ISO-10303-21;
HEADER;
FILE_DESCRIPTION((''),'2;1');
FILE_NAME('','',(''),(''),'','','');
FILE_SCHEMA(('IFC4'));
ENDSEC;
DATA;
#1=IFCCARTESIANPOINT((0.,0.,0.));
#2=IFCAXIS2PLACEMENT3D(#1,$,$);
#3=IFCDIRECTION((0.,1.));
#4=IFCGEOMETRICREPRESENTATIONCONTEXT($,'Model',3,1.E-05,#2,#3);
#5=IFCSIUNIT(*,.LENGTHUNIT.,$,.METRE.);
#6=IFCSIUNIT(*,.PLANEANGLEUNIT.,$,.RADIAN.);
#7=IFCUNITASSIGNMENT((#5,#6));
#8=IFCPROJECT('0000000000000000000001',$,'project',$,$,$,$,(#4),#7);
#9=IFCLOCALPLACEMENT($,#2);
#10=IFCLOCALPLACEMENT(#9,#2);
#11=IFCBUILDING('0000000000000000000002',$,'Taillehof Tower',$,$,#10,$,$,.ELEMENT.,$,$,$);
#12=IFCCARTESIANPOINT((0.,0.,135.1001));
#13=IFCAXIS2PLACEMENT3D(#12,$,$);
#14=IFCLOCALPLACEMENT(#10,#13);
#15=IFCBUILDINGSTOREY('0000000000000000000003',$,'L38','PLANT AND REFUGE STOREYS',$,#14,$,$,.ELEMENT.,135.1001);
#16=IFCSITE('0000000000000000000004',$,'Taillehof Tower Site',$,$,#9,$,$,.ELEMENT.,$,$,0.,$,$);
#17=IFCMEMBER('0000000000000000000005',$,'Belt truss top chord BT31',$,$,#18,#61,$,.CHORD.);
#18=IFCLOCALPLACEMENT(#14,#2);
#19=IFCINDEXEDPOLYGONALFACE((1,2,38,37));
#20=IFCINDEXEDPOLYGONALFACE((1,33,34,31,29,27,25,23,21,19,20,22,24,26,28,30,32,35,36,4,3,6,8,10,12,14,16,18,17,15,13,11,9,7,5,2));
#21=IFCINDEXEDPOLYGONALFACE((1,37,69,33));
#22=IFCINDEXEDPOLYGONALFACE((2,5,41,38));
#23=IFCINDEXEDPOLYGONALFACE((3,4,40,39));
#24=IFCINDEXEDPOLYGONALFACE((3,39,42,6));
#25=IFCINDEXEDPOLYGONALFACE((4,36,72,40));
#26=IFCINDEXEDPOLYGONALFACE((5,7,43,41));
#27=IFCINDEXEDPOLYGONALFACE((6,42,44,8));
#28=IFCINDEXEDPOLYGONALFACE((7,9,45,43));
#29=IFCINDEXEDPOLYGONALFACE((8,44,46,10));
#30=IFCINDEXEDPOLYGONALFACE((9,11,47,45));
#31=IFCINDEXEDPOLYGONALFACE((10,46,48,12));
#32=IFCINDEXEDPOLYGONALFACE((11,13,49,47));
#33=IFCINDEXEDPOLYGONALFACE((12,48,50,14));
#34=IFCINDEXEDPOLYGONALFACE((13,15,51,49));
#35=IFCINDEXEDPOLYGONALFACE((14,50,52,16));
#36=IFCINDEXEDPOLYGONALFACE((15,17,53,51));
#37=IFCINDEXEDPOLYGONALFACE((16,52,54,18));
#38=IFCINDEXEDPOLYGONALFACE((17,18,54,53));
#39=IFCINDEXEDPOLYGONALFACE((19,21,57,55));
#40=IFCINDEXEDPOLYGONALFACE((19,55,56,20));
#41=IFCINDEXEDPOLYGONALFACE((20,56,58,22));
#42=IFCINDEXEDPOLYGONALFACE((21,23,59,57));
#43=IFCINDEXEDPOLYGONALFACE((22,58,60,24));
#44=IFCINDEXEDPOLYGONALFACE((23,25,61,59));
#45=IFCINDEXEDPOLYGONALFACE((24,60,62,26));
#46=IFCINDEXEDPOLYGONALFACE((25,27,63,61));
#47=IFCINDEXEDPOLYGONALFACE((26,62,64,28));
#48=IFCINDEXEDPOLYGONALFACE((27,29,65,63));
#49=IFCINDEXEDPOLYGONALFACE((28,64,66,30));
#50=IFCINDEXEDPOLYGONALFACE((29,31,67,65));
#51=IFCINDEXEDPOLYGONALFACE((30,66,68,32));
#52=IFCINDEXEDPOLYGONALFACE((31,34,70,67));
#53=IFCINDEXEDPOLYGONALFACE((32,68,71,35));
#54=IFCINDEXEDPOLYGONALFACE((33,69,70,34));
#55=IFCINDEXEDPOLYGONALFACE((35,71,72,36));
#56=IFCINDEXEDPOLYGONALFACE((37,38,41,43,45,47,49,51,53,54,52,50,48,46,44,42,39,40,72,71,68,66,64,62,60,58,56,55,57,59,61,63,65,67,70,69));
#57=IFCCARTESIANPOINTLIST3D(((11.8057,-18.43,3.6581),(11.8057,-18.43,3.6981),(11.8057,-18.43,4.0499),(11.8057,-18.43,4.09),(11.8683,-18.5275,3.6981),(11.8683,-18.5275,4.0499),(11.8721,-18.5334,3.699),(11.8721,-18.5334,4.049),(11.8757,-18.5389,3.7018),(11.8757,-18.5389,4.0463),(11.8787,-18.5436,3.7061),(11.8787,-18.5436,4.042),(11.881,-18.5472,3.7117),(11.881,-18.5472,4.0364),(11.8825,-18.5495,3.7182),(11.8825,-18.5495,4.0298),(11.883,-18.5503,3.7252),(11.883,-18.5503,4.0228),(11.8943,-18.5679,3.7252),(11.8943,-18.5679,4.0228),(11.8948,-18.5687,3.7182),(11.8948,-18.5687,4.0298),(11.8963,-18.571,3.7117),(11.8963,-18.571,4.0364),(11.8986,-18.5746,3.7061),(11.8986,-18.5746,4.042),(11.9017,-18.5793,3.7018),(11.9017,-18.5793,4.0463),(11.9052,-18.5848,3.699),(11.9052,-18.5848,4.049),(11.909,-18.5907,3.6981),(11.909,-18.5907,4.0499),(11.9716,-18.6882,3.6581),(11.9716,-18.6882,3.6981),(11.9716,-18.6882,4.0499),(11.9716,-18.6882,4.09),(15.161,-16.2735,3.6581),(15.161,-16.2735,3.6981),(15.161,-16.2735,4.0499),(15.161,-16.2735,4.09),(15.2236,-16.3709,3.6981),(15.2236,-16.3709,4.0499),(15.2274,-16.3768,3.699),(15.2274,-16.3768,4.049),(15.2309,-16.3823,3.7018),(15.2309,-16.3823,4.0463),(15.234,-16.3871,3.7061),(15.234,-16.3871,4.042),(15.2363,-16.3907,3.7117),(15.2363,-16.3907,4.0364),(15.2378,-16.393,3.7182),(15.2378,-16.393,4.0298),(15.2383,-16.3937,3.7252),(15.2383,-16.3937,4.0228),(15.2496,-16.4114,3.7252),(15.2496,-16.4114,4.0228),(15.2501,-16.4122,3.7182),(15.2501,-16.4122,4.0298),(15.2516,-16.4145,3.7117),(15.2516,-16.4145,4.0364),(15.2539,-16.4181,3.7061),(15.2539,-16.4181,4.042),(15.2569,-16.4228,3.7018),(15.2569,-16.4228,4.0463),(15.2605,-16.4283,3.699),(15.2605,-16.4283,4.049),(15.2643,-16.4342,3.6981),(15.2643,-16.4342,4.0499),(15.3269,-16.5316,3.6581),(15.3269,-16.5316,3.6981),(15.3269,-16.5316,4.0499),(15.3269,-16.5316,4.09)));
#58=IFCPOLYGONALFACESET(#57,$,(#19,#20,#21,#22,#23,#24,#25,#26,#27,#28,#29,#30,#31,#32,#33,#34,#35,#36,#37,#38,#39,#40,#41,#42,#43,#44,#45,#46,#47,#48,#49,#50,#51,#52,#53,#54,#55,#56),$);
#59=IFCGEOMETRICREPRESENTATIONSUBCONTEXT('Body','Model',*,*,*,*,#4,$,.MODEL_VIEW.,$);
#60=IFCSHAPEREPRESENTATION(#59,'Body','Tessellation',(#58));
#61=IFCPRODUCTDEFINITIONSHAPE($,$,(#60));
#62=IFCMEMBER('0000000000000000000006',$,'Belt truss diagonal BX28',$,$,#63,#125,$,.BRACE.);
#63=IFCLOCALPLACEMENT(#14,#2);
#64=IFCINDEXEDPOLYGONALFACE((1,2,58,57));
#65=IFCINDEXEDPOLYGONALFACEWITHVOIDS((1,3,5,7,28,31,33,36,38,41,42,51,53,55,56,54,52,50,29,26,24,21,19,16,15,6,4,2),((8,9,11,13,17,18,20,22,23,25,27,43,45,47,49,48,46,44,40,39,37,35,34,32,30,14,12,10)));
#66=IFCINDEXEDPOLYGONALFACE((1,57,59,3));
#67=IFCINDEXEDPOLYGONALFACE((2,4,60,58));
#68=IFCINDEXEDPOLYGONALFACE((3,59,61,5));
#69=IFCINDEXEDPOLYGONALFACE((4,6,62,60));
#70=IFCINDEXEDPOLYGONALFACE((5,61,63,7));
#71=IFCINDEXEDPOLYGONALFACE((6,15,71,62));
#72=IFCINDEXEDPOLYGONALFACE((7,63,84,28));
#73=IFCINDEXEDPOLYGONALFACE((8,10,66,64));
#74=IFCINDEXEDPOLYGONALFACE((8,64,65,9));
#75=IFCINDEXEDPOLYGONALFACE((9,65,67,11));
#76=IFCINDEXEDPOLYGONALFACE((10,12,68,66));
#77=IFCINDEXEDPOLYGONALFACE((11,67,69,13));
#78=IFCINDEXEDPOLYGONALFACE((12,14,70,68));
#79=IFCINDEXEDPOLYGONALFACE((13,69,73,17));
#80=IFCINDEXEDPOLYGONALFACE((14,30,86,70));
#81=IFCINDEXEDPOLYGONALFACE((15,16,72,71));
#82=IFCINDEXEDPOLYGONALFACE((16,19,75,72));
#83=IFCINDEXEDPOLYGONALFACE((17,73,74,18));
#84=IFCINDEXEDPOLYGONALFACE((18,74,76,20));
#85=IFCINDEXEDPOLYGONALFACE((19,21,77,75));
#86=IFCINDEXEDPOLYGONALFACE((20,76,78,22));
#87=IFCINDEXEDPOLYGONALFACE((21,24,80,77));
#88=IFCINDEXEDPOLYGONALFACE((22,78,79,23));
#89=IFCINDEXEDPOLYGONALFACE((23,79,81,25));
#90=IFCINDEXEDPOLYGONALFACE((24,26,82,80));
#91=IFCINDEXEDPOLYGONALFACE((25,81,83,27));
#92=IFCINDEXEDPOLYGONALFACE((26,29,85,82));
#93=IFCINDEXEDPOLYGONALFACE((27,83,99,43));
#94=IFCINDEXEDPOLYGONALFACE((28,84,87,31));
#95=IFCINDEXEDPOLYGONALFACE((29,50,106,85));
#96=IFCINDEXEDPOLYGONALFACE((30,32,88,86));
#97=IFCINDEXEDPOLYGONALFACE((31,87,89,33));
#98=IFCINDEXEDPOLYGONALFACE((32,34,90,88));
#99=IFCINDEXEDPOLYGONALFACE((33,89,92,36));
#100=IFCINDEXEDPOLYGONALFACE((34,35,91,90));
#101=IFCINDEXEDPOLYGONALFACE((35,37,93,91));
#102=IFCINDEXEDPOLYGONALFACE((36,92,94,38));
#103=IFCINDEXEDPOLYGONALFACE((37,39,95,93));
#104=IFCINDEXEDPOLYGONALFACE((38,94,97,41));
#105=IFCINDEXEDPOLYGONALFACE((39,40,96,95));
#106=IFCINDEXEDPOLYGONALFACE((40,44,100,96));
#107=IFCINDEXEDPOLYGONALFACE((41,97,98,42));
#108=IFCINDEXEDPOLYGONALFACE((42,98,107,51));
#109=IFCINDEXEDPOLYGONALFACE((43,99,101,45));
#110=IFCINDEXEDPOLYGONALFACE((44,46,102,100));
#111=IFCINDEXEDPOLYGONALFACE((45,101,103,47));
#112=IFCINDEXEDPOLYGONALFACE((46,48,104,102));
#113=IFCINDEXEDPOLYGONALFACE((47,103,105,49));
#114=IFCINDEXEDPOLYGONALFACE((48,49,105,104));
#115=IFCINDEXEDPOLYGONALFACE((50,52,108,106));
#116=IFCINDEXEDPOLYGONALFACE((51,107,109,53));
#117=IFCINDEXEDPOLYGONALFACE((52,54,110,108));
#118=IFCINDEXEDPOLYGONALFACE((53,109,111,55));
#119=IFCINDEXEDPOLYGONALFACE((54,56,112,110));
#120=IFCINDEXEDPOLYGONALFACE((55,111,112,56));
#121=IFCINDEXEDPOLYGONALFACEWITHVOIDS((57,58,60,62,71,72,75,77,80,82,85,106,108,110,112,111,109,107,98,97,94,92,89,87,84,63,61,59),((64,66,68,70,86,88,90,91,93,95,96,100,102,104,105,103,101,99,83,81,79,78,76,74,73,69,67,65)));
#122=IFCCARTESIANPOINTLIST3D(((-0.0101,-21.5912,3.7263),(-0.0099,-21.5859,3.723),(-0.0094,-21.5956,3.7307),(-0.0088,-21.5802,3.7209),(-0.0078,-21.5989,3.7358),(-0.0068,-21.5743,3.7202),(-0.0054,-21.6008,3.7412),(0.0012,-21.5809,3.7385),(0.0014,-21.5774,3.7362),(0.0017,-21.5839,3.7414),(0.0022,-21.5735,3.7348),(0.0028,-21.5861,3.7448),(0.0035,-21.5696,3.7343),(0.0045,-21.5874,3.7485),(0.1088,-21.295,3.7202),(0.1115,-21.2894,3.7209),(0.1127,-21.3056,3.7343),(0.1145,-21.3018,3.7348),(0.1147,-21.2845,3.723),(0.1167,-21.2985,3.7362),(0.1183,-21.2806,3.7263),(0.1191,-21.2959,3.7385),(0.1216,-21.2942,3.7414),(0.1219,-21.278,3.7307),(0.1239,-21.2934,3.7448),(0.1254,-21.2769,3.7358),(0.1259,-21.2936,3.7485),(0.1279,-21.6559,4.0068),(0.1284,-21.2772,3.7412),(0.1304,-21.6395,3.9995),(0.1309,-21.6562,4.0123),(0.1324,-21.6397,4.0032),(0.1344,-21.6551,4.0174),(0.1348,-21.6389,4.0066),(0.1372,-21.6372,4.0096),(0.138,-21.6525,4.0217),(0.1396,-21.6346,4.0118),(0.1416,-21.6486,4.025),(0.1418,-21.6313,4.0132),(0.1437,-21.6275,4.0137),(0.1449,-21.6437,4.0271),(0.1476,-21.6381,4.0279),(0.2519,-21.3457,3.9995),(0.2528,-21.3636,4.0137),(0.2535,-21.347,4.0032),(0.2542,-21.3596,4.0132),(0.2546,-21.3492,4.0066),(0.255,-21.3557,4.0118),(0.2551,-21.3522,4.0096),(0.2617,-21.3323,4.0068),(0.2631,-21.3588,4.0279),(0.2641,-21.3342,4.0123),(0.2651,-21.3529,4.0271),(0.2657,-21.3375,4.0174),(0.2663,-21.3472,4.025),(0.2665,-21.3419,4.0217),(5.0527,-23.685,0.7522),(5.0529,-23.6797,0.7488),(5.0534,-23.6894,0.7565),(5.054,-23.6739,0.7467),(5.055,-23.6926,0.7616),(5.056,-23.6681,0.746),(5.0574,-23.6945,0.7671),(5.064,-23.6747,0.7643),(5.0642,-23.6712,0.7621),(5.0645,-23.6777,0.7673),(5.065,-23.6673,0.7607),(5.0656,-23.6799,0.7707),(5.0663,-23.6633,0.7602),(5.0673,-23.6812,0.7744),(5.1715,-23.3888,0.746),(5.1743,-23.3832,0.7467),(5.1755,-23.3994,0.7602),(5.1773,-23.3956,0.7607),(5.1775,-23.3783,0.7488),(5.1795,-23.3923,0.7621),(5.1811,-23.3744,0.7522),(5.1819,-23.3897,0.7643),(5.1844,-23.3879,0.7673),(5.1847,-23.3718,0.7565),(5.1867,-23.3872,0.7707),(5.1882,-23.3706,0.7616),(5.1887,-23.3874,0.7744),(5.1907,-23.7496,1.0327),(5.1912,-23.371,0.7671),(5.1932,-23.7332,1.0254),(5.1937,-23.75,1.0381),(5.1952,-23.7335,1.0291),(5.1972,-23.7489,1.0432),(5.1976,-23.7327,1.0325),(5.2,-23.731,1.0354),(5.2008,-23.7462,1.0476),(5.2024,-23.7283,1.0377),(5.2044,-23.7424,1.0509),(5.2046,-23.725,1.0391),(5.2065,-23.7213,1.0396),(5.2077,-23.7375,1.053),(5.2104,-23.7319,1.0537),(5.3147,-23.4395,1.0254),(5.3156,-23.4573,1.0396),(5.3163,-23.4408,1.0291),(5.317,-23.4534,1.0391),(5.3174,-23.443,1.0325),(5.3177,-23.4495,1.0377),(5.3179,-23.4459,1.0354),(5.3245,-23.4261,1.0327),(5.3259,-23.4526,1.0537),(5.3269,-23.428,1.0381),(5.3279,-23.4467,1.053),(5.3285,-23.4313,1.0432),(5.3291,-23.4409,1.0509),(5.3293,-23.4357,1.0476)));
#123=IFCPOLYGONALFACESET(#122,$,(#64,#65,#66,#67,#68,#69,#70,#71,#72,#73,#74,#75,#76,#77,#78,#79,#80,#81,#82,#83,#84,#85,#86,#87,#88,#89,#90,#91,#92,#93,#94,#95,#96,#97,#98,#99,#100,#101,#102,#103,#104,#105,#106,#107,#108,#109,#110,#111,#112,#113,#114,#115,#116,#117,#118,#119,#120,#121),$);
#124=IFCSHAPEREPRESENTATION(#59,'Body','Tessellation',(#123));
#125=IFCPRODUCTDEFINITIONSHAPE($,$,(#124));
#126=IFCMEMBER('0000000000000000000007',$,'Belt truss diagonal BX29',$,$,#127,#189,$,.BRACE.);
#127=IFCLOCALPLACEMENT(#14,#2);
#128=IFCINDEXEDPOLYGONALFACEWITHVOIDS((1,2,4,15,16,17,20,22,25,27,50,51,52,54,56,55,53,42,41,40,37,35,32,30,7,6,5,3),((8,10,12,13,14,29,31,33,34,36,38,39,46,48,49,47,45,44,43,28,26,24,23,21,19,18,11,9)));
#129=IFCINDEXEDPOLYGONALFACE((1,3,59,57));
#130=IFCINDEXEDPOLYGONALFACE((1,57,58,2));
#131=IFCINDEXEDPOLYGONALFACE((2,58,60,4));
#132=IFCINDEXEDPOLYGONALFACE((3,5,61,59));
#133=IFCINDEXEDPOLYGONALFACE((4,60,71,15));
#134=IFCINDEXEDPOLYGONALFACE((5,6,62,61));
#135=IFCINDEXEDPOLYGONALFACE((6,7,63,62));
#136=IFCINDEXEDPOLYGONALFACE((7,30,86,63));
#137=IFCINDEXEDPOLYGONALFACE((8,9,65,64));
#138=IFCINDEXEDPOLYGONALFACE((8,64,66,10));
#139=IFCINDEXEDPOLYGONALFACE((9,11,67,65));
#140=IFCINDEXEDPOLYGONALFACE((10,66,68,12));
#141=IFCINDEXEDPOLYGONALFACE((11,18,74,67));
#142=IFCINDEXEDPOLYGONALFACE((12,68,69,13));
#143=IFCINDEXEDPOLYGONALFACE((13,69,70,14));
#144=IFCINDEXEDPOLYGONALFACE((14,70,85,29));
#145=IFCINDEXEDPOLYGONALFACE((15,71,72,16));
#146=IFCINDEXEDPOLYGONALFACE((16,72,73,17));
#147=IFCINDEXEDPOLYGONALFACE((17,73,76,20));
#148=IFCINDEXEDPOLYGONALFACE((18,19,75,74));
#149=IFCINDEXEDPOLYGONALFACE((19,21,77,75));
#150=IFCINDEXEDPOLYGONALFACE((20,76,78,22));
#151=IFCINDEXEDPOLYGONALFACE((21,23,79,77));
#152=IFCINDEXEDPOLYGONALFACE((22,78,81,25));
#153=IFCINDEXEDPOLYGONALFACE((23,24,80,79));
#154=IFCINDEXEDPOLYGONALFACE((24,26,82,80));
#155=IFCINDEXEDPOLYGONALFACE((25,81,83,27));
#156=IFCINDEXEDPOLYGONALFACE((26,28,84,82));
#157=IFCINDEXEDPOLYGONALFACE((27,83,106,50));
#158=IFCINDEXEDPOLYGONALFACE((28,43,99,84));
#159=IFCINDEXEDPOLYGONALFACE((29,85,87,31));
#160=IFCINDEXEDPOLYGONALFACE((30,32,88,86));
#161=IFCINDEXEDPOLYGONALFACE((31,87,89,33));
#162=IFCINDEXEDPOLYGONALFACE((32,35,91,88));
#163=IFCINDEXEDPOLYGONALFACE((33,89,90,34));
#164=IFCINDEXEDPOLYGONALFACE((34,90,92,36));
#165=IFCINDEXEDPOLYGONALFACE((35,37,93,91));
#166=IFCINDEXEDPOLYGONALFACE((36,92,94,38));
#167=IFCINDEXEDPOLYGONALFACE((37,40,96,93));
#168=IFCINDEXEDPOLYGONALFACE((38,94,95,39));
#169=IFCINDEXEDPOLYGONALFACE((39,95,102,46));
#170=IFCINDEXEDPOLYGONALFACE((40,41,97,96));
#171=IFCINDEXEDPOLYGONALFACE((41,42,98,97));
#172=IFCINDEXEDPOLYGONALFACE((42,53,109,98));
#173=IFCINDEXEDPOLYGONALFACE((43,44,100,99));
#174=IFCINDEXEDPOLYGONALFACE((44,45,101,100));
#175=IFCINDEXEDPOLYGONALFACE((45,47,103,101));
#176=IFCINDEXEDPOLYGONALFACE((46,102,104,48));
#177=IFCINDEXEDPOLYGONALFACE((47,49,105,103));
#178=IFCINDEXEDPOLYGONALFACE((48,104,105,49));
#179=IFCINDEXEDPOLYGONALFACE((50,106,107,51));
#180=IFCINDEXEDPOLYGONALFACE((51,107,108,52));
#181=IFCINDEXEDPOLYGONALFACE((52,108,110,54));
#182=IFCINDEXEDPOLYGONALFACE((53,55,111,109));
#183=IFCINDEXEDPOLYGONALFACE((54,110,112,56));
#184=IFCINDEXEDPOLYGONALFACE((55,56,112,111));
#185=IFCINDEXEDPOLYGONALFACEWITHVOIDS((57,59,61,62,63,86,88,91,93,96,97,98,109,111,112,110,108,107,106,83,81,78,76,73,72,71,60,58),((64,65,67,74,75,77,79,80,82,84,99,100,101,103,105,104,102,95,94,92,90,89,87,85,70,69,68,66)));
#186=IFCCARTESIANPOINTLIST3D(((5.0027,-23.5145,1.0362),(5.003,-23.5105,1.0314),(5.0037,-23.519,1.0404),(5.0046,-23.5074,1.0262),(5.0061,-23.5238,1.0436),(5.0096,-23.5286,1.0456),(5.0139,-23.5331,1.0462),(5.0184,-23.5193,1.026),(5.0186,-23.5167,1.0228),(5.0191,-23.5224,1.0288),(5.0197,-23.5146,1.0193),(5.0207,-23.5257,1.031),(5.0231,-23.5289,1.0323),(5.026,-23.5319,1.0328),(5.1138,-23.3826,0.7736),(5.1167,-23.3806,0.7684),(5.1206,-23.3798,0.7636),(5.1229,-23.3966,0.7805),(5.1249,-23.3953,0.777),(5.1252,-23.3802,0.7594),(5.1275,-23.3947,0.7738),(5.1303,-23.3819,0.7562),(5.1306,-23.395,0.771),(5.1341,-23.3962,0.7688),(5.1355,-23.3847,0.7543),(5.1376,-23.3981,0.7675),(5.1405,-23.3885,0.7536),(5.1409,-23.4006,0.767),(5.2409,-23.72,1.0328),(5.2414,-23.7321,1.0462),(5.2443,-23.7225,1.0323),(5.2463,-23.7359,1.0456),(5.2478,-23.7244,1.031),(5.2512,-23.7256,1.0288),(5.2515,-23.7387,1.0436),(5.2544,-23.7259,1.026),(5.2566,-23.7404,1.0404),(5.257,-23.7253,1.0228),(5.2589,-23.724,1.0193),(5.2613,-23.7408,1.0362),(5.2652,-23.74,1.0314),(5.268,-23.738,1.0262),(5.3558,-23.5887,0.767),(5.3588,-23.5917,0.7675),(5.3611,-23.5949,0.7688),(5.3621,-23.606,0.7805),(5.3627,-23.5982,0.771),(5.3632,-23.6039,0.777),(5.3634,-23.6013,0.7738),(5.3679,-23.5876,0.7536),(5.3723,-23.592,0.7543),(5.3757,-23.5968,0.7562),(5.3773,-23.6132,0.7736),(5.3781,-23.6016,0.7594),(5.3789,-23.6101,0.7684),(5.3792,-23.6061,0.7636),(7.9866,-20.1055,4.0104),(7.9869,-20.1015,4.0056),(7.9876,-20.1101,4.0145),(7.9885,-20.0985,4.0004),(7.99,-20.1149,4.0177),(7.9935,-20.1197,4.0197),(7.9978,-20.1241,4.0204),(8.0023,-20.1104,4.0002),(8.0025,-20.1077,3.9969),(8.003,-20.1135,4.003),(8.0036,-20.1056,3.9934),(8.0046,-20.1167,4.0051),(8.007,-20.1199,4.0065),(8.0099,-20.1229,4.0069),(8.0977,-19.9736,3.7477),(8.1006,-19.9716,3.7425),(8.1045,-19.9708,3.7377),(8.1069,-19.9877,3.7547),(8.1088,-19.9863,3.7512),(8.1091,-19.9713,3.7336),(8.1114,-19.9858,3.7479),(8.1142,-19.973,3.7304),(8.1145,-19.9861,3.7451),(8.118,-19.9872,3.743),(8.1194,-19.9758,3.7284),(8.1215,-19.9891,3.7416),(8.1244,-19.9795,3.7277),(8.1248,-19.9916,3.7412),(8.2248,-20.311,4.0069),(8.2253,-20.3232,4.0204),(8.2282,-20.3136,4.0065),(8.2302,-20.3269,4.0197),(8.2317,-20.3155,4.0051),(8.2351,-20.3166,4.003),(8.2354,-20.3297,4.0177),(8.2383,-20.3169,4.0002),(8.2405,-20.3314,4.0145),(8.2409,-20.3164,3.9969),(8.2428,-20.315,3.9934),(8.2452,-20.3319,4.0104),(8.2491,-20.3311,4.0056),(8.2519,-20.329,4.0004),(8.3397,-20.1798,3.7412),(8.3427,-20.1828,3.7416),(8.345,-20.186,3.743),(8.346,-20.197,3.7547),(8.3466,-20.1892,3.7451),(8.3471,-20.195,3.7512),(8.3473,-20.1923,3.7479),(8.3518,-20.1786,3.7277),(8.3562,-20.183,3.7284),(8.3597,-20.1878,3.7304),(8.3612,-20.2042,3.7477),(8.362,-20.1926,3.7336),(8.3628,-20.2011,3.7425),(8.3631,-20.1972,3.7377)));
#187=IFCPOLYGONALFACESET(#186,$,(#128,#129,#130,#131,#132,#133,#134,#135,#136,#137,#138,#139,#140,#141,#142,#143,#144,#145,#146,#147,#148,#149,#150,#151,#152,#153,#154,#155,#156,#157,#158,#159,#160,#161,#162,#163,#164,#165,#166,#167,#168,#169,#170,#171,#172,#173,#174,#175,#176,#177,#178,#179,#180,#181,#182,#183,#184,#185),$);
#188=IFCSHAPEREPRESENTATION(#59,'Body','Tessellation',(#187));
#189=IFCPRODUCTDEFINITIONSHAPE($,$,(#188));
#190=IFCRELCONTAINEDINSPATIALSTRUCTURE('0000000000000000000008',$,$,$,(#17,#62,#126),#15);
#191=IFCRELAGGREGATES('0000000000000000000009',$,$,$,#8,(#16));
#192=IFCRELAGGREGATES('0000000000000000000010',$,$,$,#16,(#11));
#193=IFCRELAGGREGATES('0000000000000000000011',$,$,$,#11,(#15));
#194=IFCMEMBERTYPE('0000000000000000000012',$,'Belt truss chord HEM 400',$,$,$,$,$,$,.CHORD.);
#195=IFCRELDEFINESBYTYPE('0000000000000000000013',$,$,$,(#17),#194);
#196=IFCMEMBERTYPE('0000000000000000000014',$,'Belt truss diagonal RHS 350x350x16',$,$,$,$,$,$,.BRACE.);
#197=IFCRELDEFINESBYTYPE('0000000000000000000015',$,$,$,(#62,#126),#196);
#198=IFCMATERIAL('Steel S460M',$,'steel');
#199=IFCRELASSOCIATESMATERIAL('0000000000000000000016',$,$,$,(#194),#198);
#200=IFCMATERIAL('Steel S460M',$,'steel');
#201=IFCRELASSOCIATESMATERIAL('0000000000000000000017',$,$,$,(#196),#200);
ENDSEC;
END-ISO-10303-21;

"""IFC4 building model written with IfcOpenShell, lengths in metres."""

from ifc_helpers import new_model, si_unit, direction, frame, origin, origin_2d, place, context, subcontext, project, spatial, hollow_rectangle, i_section, extrude, material, material_profile, profile_set, type_object, element, save


model = new_model("IFC4")

# Units and contexts
model_context = context("Model", 3, precision=1e-05, world=origin(), true_north=direction((0.0, 1.0)))
body_context = subcontext(model_context, "Body", "Model", "MODEL_VIEW")
ifc_project = project(units=[si_unit("LENGTHUNIT", "METRE"), si_unit("PLANEANGLEUNIT", "RADIAN")], contexts=[model_context])

# Site, building, storey
site_placement = place(None, origin())
site = spatial("IfcSite", under=ifc_project, at=site_placement, Name="Taillehof Tower Site", CompositionType="ELEMENT", RefElevation=0.0)
building_placement = place(site_placement, origin())
building = spatial("IfcBuilding", under=site, at=building_placement, Name="Taillehof Tower", CompositionType="ELEMENT")
storey_placement = place(building_placement, frame((0.0, 0.0, 135.1001)))
storey = spatial("IfcBuildingStorey", under=building, at=storey_placement, Name="L38", Description="PLANT AND REFUGE STOREYS", CompositionType="ELEMENT", Elevation=135.1001)

# Members
ifc_material_1 = material(Name="Steel S460M", Category="steel")
ifc_material_profile_1 = material_profile(ifc_material_1, i_section(OverallWidth=0.3069, OverallDepth=0.4319, WebThickness=0.021, FlangeThickness=0.04, FilletRadius=0.0271, at=origin_2d()), Name="HEM 400")
ifc_profile_set_1 = profile_set([ifc_material_profile_1], Name="Steel S460M")
member_type_1 = type_object("IfcMemberType", Name="Belt truss chord HEM 400", PredefinedType="CHORD", material=ifc_profile_set_1)
member_1_placement = place(storey_placement, frame((11.8887, -18.5591, 3.874), z_axis=(0.841228, 0.54068, 0.0), x_axis=(-0.54068, 0.841228, 0.0)))
element("IfcMember", 1, at=member_1_placement, inside=storey, type_object=member_type_1, Name="Belt truss top chord BT31", PredefinedType="CHORD", context=body_context, shape_type="SweptSolid", body=[
    extrude(i_section(OverallWidth=0.3069, OverallDepth=0.4319, WebThickness=0.021, FlangeThickness=0.04, FilletRadius=0.0271, at=origin_2d()), origin(), (0.0, 0.0, 1.0), 3.9885),
])
ifc_material_2 = material(Name="Steel S460M", Category="steel")
ifc_material_profile_2 = material_profile(ifc_material_2, hollow_rectangle(XDim=0.3501, YDim=0.3501, WallThickness=0.0161, InnerFilletRadius=0.0161, OuterFilletRadius=0.0239, at=origin_2d()), Name="RHS 350x350x16")
ifc_profile_set_2 = profile_set([ifc_material_profile_2], Name="Steel S460M")
member_type_2 = type_object("IfcMemberType", Name="Belt truss diagonal RHS 350x350x16", PredefinedType="BRACE", material=ifc_profile_set_2)
member_2_placement = place(storey_placement, frame((0.1282, -21.4666, 3.874), z_axis=(0.812141, -0.335869, -0.477094), x_axis=(0.382168, 0.924093, 0.0)))
element("IfcMember", 2, at=member_2_placement, inside=storey, type_object=member_type_2, Name="Belt truss diagonal BX28", PredefinedType="BRACE", context=body_context, shape_type="SweptSolid", body=[
    extrude(hollow_rectangle(XDim=0.3501, YDim=0.3501, WallThickness=0.0161, InnerFilletRadius=0.0161, OuterFilletRadius=0.0239, at=origin_2d()), origin(), (0.0, 0.0, 1.0), 6.2339),
])
member_3_placement = place(storey_placement, frame((5.1909, -23.5603, 0.8999), z_axis=(0.550594, 0.629025, 0.548792), x_axis=(-0.75246, 0.658638, 0.0)))
element("IfcMember", 3, at=member_3_placement, inside=storey, type_object=member_type_2, Name="Belt truss diagonal BX29", PredefinedType="BRACE", context=body_context, shape_type="SweptSolid", body=[
    extrude(hollow_rectangle(XDim=0.3501, YDim=0.3501, WallThickness=0.0161, InnerFilletRadius=0.0161, OuterFilletRadius=0.0239, at=origin_2d()), origin(), (0.0, 0.0, 1.0), 5.4194),
])

save(model, "model.ifc")
